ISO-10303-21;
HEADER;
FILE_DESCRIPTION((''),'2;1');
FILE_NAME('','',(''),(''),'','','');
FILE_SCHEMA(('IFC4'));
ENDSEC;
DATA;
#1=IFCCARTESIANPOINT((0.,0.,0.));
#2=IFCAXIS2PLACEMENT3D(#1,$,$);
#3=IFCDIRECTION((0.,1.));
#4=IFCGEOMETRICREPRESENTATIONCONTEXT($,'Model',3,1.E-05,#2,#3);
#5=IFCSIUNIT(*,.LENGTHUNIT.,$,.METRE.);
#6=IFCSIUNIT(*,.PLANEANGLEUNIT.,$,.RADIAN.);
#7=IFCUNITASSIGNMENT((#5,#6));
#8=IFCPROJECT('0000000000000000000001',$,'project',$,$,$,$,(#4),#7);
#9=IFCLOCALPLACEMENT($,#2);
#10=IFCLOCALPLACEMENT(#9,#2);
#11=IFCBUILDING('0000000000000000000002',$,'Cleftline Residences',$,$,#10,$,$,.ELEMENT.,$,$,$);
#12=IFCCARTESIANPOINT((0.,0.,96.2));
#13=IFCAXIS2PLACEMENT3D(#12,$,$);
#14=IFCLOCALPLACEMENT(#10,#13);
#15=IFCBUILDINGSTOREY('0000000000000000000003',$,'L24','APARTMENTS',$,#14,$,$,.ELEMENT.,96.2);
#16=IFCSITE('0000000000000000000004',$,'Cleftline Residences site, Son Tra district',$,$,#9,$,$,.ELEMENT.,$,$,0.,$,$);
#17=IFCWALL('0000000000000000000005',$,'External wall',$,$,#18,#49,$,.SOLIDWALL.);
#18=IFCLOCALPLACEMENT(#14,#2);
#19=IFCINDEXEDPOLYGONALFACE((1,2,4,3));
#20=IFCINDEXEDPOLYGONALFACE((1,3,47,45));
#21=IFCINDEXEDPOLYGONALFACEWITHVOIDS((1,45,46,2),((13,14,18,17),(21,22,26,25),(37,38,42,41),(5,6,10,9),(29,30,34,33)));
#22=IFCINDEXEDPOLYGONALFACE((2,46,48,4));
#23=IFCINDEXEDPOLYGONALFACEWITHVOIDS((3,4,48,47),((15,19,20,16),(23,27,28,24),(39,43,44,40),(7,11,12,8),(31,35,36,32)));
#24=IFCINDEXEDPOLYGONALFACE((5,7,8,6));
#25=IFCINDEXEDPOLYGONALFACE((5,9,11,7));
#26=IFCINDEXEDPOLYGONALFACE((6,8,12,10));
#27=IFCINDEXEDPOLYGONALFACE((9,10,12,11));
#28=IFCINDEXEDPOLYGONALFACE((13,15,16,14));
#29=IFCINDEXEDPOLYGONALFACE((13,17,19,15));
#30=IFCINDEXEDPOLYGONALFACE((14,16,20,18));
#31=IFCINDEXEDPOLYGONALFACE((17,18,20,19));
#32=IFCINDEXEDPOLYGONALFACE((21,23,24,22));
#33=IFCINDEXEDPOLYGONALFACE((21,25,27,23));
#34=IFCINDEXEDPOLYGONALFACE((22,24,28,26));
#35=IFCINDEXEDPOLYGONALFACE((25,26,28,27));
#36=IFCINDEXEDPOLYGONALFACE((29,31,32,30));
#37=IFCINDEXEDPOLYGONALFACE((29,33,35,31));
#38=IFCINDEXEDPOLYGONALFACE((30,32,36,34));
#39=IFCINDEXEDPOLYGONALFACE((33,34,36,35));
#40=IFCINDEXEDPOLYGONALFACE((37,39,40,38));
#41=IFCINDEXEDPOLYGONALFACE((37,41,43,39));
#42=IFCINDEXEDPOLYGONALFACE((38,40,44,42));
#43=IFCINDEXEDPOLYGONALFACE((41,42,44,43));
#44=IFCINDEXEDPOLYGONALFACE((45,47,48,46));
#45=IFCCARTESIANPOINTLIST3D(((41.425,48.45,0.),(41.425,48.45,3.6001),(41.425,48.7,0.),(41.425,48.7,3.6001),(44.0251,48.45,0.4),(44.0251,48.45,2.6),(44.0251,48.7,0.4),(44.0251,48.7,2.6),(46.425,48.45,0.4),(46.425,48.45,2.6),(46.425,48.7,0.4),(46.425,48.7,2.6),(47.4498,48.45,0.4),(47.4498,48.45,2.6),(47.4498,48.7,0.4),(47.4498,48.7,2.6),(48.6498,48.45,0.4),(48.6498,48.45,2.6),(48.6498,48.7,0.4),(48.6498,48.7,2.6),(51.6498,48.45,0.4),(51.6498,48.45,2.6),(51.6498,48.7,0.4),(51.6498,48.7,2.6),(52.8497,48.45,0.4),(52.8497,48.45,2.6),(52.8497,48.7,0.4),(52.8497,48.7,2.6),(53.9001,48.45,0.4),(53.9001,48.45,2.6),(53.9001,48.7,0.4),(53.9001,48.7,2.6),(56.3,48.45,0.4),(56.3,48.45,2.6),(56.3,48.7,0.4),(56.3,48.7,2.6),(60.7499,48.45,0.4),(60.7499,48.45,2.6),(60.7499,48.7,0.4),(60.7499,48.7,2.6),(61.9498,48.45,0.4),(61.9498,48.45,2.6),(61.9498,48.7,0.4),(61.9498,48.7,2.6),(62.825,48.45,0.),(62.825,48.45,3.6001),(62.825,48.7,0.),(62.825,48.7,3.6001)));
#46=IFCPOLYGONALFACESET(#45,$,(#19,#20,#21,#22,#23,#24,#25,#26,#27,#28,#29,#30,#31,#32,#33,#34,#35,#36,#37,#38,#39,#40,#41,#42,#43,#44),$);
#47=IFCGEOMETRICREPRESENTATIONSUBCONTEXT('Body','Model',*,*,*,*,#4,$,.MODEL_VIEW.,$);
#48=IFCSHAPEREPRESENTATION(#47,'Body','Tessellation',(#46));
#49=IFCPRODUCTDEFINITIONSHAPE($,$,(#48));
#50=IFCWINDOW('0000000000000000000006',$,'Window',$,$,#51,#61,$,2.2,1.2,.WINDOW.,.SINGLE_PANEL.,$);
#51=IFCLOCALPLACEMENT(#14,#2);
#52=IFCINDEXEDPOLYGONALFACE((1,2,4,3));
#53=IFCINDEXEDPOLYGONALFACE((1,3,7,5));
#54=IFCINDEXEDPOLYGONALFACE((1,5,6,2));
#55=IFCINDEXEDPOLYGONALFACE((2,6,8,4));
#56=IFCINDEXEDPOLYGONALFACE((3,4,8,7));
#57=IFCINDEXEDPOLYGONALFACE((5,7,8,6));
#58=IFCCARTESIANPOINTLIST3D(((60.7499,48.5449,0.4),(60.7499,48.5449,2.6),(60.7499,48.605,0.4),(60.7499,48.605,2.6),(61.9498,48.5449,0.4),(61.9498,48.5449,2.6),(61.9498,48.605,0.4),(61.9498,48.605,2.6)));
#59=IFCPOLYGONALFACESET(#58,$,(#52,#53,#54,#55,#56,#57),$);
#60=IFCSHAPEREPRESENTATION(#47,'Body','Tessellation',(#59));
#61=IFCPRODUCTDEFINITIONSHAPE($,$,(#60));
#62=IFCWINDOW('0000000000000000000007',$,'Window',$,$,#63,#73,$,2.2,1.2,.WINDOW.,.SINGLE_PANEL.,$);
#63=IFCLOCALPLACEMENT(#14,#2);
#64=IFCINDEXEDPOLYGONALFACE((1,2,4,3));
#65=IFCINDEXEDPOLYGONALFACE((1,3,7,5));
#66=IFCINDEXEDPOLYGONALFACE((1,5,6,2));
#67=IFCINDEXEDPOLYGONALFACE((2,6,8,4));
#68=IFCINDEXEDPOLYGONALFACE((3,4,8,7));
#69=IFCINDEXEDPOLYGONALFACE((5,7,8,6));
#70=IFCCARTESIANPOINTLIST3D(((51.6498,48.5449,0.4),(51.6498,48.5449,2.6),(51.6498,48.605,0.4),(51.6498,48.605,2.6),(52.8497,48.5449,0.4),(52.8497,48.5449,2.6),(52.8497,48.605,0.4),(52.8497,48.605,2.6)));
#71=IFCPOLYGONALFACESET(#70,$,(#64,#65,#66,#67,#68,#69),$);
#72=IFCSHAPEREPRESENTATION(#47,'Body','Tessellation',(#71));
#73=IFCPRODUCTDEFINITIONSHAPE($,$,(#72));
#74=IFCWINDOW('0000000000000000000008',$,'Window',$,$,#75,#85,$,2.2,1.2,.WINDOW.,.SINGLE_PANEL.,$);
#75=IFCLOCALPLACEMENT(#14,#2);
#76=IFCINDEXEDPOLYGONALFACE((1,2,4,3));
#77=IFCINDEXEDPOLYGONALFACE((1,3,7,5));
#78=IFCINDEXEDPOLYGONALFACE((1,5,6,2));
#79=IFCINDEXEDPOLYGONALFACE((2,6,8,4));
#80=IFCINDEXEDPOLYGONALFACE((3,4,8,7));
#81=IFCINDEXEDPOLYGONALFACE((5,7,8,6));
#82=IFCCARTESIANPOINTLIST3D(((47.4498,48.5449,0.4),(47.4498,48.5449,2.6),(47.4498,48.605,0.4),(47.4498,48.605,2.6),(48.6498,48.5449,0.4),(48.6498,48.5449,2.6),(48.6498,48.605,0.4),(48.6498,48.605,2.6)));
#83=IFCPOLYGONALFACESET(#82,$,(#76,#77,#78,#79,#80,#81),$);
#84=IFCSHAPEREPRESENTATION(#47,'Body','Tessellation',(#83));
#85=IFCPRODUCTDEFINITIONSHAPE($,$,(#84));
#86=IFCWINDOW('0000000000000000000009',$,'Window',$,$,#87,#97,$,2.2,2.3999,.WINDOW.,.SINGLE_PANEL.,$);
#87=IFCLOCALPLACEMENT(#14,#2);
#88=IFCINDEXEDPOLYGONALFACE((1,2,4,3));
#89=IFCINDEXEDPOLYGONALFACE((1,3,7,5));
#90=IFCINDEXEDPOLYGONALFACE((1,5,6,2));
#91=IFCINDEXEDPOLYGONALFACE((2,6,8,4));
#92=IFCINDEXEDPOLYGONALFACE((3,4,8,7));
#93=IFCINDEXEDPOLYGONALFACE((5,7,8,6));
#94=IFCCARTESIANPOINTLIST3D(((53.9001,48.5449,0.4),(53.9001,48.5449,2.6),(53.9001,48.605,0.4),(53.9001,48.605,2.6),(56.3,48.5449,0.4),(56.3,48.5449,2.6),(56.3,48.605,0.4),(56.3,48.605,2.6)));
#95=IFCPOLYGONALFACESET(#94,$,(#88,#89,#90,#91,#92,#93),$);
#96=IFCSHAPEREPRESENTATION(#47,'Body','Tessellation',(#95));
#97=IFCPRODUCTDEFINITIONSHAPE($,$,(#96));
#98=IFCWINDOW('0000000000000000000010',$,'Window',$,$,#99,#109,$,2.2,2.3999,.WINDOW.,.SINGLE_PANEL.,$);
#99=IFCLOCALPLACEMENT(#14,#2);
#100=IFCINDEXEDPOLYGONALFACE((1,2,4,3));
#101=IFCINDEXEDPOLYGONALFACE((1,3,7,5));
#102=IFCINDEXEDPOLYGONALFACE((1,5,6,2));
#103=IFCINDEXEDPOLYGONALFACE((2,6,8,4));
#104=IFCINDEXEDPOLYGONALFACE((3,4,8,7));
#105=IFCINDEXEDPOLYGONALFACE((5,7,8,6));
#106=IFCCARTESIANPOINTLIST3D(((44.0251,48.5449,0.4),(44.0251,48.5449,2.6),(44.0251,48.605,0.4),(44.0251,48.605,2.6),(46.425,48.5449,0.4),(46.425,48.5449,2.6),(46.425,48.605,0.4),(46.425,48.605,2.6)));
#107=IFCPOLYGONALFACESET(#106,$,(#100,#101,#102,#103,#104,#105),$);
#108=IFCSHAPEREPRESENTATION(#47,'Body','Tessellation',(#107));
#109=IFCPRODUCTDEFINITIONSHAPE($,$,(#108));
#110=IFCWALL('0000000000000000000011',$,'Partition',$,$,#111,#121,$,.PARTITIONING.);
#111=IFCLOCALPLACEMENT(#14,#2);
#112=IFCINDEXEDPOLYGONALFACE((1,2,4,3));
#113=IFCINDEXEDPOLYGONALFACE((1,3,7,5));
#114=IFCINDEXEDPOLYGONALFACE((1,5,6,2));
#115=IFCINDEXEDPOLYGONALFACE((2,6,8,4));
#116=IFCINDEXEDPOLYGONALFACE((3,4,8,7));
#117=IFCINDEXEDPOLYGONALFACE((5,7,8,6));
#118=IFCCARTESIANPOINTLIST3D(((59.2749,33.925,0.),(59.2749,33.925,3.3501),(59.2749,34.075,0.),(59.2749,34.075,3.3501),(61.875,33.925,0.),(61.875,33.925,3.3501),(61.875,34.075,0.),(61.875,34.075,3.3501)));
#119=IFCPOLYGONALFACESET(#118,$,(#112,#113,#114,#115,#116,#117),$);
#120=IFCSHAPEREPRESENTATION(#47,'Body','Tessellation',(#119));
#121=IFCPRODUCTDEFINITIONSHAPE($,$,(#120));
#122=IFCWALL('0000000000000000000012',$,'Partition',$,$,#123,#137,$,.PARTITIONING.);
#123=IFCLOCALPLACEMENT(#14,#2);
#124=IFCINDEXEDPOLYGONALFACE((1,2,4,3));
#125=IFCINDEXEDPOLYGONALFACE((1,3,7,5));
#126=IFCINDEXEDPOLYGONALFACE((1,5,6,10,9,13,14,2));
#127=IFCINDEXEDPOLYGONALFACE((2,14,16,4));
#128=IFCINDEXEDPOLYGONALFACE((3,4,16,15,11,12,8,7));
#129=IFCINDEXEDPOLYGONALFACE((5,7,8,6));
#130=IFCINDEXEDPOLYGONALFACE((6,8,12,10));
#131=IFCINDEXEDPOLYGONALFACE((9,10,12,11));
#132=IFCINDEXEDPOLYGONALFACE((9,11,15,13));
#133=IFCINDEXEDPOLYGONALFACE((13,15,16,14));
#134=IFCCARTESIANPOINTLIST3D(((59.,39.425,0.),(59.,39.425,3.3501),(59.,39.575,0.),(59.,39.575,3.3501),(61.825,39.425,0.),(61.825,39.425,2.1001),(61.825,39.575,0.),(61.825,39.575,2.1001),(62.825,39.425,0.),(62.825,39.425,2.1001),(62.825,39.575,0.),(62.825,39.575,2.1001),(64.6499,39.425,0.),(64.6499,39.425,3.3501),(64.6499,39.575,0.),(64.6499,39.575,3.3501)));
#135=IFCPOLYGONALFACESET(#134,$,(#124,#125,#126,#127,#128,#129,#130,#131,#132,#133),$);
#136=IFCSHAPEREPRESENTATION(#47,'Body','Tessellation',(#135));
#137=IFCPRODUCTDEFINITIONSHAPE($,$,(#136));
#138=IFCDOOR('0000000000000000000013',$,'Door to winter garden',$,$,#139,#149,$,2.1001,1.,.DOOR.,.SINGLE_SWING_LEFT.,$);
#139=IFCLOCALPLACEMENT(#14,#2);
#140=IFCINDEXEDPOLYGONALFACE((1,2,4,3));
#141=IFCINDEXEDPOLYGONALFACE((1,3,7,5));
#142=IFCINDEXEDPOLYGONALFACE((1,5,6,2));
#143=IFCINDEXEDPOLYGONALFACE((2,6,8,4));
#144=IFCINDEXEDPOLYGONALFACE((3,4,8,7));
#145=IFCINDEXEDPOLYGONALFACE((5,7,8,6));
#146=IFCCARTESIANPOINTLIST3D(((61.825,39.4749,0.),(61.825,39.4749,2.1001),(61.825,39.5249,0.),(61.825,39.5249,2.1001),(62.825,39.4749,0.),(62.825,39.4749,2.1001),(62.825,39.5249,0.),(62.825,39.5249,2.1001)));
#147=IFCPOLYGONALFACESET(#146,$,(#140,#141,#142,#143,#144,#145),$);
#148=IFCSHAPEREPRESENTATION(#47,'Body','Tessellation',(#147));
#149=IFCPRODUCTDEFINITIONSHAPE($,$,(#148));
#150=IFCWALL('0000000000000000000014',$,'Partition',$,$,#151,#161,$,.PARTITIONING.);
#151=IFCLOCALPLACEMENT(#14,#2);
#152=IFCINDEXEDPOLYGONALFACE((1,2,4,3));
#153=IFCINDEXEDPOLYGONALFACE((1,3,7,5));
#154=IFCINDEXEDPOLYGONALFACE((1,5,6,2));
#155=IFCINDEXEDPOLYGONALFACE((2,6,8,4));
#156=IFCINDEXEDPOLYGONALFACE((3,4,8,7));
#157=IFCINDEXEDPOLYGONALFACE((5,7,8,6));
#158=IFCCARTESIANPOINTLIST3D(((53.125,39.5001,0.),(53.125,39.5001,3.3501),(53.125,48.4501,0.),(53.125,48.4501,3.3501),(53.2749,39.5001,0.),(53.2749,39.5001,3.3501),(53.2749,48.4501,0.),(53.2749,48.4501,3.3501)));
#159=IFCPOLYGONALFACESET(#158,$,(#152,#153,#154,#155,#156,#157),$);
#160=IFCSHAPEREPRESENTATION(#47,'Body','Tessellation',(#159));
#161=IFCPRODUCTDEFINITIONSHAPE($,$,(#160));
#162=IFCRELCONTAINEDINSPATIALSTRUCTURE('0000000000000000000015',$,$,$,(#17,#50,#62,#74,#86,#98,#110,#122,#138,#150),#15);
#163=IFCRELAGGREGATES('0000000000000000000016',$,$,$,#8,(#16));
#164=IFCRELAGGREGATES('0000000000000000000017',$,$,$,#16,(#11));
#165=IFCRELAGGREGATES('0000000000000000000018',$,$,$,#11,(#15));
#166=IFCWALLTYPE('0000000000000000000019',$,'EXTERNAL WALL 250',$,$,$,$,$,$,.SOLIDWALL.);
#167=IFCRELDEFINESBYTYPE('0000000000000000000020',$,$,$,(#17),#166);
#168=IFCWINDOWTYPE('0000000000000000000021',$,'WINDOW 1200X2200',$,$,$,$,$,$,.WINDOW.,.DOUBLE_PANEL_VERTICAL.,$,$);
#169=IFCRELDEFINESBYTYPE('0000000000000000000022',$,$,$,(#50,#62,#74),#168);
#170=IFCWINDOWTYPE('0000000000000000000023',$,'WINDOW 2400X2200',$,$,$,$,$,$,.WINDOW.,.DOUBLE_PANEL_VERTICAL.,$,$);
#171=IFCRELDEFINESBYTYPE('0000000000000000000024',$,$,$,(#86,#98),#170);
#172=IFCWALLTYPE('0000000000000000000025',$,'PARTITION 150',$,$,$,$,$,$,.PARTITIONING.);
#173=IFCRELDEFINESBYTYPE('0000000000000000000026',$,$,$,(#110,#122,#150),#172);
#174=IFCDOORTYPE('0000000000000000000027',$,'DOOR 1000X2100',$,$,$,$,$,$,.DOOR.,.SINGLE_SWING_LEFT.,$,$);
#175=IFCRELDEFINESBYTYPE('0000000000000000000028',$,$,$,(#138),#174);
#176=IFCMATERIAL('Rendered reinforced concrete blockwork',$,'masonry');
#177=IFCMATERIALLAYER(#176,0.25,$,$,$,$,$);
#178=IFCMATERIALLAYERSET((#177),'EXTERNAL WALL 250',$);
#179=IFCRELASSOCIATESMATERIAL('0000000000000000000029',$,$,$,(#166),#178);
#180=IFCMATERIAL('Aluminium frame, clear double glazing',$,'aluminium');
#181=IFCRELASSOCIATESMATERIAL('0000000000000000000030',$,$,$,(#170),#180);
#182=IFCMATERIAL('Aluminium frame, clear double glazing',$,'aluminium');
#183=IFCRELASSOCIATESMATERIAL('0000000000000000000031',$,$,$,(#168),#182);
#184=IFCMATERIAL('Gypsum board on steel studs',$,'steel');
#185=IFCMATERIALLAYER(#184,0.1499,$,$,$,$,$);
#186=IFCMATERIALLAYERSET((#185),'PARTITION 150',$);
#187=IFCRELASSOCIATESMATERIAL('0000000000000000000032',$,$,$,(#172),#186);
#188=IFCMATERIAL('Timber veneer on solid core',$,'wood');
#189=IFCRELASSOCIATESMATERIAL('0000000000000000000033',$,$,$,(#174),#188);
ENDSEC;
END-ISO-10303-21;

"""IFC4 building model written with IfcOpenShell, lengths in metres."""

from ifc_helpers import new_model, si_unit, direction, frame, frame_2d, origin, place, context, subcontext, project, spatial, rectangle, extrude, material, layer, layer_set, type_object, element, fill, save


model = new_model("IFC4")

# Units and contexts
model_context = context("Model", 3, precision=1e-05, world=origin(), true_north=direction((0.0, 1.0)))
body_context = subcontext(model_context, "Body", "Model", "MODEL_VIEW")
ifc_project = project(units=[si_unit("LENGTHUNIT", "METRE"), si_unit("PLANEANGLEUNIT", "RADIAN")], contexts=[model_context])

# Site, building, storey
site_placement = place(None, origin())
site = spatial("IfcSite", under=ifc_project, at=site_placement, Name="Cleftline Residences site, Son Tra district", CompositionType="ELEMENT", RefElevation=0.0)
building_placement = place(site_placement, origin())
building = spatial("IfcBuilding", under=site, at=building_placement, Name="Cleftline Residences", CompositionType="ELEMENT")
storey_placement = place(building_placement, frame((0.0, 0.0, 96.2)))
storey = spatial("IfcBuildingStorey", under=building, at=storey_placement, Name="L24", Description="APARTMENTS", CompositionType="ELEMENT", Elevation=96.2)

# Shared definitions
ifc_material_1 = material(Name="Rendered reinforced concrete blockwork", Category="masonry")
ifc_layer_1 = layer(ifc_material_1, 0.25)
ifc_layer_set_1 = layer_set([ifc_layer_1], Name="EXTERNAL WALL 250")
wall_type_1 = type_object("IfcWallType", Name="EXTERNAL WALL 250", PredefinedType="SOLIDWALL", material=ifc_layer_set_1)
ifc_material_2 = material(Name="Aluminium frame, clear double glazing", Category="aluminium")
window_type_1 = type_object("IfcWindowType", Name="WINDOW 2400X2200", PartitioningType="DOUBLE_PANEL_VERTICAL", PredefinedType="WINDOW", material=ifc_material_2)

# Wall, openings, windows
wall_1_placement = place(storey_placement, frame((62.825, 48.575, 0.0), z_axis=(0.0, 0.0, 1.0), x_axis=(-1.0, 0.0, 0.0)))
wall_1 = element("IfcWall", 1, at=wall_1_placement, inside=storey, type_object=wall_type_1, Name="External wall", PredefinedType="SOLIDWALL", context=body_context, shape_type="SweptSolid", body=[
    extrude(rectangle(XDim=21.3999, YDim=0.25, at=frame_2d((10.7, 0.0))), origin(), (0.0, 0.0, 1.0), 3.6001),
])
opening_1_placement = place(wall_1_placement, frame((0.875, 0.0, 0.3999)))
opening_1 = element("IfcOpeningElement", 2, at=opening_1_placement, cuts=wall_1, PredefinedType="OPENING", context=body_context, shape_type="SweptSolid", body=[
    extrude(rectangle(XDim=1.2, YDim=2.2, at=frame_2d((0.6001, 1.1001))), frame((0.0, 0.135, 0.0), z_axis=(0.0, -1.0, 0.0), x_axis=(1.0, 0.0, 0.0)), (0.0, 0.0, 1.0), 0.27),
])
opening_2_placement = place(wall_1_placement, frame((6.5249, 0.0, 0.3999)))
opening_2 = element("IfcOpeningElement", 3, at=opening_2_placement, cuts=wall_1, PredefinedType="OPENING", context=body_context, shape_type="SweptSolid", body=[
    extrude(rectangle(XDim=2.3999, YDim=2.2, at=frame_2d((1.2, 1.1001))), frame((0.0, 0.135, 0.0), z_axis=(0.0, -1.0, 0.0), x_axis=(1.0, 0.0, 0.0)), (0.0, 0.0, 1.0), 0.27),
])
opening_3_placement = place(wall_1_placement, frame((9.9751, 0.0, 0.3999)))
opening_3 = element("IfcOpeningElement", 4, at=opening_3_placement, cuts=wall_1, PredefinedType="OPENING", context=body_context, shape_type="SweptSolid", body=[
    extrude(rectangle(XDim=1.2, YDim=2.2, at=frame_2d((0.6001, 1.1001))), frame((0.0, 0.135, 0.0), z_axis=(0.0, -1.0, 0.0), x_axis=(1.0, 0.0, 0.0)), (0.0, 0.0, 1.0), 0.27),
])
opening_4_placement = place(wall_1_placement, frame((14.175, 0.0, 0.3999)))
opening_4 = element("IfcOpeningElement", 5, at=opening_4_placement, cuts=wall_1, PredefinedType="OPENING", context=body_context, shape_type="SweptSolid", body=[
    extrude(rectangle(XDim=1.2, YDim=2.2, at=frame_2d((0.6001, 1.1001))), frame((0.0, 0.135, 0.0), z_axis=(0.0, -1.0, 0.0), x_axis=(1.0, 0.0, 0.0)), (0.0, 0.0, 1.0), 0.27),
])
opening_5_placement = place(wall_1_placement, frame((16.3999, 0.0, 0.3999)))
opening_5 = element("IfcOpeningElement", 6, at=opening_5_placement, cuts=wall_1, PredefinedType="OPENING", context=body_context, shape_type="SweptSolid", body=[
    extrude(rectangle(XDim=2.3999, YDim=2.2, at=frame_2d((1.2, 1.1001))), frame((0.0, 0.135, 0.0), z_axis=(0.0, -1.0, 0.0), x_axis=(1.0, 0.0, 0.0)), (0.0, 0.0, 1.0), 0.27),
])
ifc_material_3 = material(Name="Aluminium frame, clear double glazing", Category="aluminium")
window_type_2 = type_object("IfcWindowType", Name="WINDOW 1200X2200", PartitioningType="DOUBLE_PANEL_VERTICAL", PredefinedType="WINDOW", material=ifc_material_3)
window_1_placement = place(opening_1_placement, origin())
window_1 = element("IfcWindow", 7, at=window_1_placement, inside=storey, type_object=window_type_2, Name="Window", OverallHeight=2.2, OverallWidth=1.2, PartitioningType="SINGLE_PANEL", PredefinedType="WINDOW", context=body_context, shape_type="SweptSolid", body=[
    extrude(rectangle(XDim=1.2, YDim=2.2, at=frame_2d((0.6001, 1.1001))), frame((0.0, 0.03, 0.0), z_axis=(0.0, -1.0, 0.0), x_axis=(1.0, 0.0, 0.0)), (0.0, 0.0, 1.0), 0.0601),
])
fill(opening_1, window_1)
window_2_placement = place(opening_3_placement, origin())
window_2 = element("IfcWindow", 8, at=window_2_placement, inside=storey, type_object=window_type_2, Name="Window", OverallHeight=2.2, OverallWidth=1.2, PartitioningType="SINGLE_PANEL", PredefinedType="WINDOW", context=body_context, shape_type="SweptSolid", body=[
    extrude(rectangle(XDim=1.2, YDim=2.2, at=frame_2d((0.6001, 1.1001))), frame((0.0, 0.03, 0.0), z_axis=(0.0, -1.0, 0.0), x_axis=(1.0, 0.0, 0.0)), (0.0, 0.0, 1.0), 0.0601),
])
fill(opening_3, window_2)
window_3_placement = place(opening_4_placement, origin())
window_3 = element("IfcWindow", 9, at=window_3_placement, inside=storey, type_object=window_type_2, Name="Window", OverallHeight=2.2, OverallWidth=1.2, PartitioningType="SINGLE_PANEL", PredefinedType="WINDOW", context=body_context, shape_type="SweptSolid", body=[
    extrude(rectangle(XDim=1.2, YDim=2.2, at=frame_2d((0.6001, 1.1001))), frame((0.0, 0.03, 0.0), z_axis=(0.0, -1.0, 0.0), x_axis=(1.0, 0.0, 0.0)), (0.0, 0.0, 1.0), 0.0601),
])
fill(opening_4, window_3)
window_4_placement = place(opening_2_placement, origin())
window_4 = element("IfcWindow", 10, at=window_4_placement, inside=storey, type_object=window_type_1, Name="Window", OverallHeight=2.2, OverallWidth=2.3999, PartitioningType="SINGLE_PANEL", PredefinedType="WINDOW", context=body_context, shape_type="SweptSolid", body=[
    extrude(rectangle(XDim=2.3999, YDim=2.2, at=frame_2d((1.2, 1.1001))), frame((0.0, 0.03, 0.0), z_axis=(0.0, -1.0, 0.0), x_axis=(1.0, 0.0, 0.0)), (0.0, 0.0, 1.0), 0.0601),
])
fill(opening_2, window_4)
window_5_placement = place(opening_5_placement, origin())
window_5 = element("IfcWindow", 11, at=window_5_placement, inside=storey, type_object=window_type_1, Name="Window", OverallHeight=2.2, OverallWidth=2.3999, PartitioningType="SINGLE_PANEL", PredefinedType="WINDOW", context=body_context, shape_type="SweptSolid", body=[
    extrude(rectangle(XDim=2.3999, YDim=2.2, at=frame_2d((1.2, 1.1001))), frame((0.0, 0.03, 0.0), z_axis=(0.0, -1.0, 0.0), x_axis=(1.0, 0.0, 0.0)), (0.0, 0.0, 1.0), 0.0601),
])
fill(opening_5, window_5)

# Wall
ifc_material_4 = material(Name="Gypsum board on steel studs", Category="steel")
ifc_layer_2 = layer(ifc_material_4, 0.1499)
ifc_layer_set_2 = layer_set([ifc_layer_2], Name="PARTITION 150")
wall_type_2 = type_object("IfcWallType", Name="PARTITION 150", PredefinedType="PARTITIONING", material=ifc_layer_set_2)
wall_2_placement = place(storey_placement, frame((59.2749, 34.0, 0.0), z_axis=(0.0, 0.0, 1.0), x_axis=(1.0, 0.0, 0.0)))
element("IfcWall", 12, at=wall_2_placement, inside=storey, type_object=wall_type_2, Name="Partition", PredefinedType="PARTITIONING", context=body_context, shape_type="SweptSolid", body=[
    extrude(rectangle(XDim=2.6001, YDim=0.1499, at=frame_2d((1.3, 0.0))), origin(), (0.0, 0.0, 1.0), 3.3501),
])

# Wall, opening, door
wall_3_placement = place(storey_placement, frame((59.0, 39.5, 0.0), z_axis=(0.0, 0.0, 1.0), x_axis=(1.0, 0.0, 0.0)))
wall_3 = element("IfcWall", 13, at=wall_3_placement, inside=storey, type_object=wall_type_2, Name="Partition", PredefinedType="PARTITIONING", context=body_context, shape_type="SweptSolid", body=[
    extrude(rectangle(XDim=5.6499, YDim=0.1499, at=frame_2d((2.825, 0.0))), origin(), (0.0, 0.0, 1.0), 3.3501),
])
opening_6_placement = place(wall_3_placement, frame((2.825, 0.0, 0.0)))
opening_6 = element("IfcOpeningElement", 14, at=opening_6_placement, cuts=wall_3, PredefinedType="OPENING", context=body_context, shape_type="SweptSolid", body=[
    extrude(rectangle(XDim=1.0, YDim=2.1001, at=frame_2d((0.5, 1.05))), frame((0.0, 0.085, 0.0), z_axis=(0.0, -1.0, 0.0), x_axis=(1.0, 0.0, 0.0)), (0.0, 0.0, 1.0), 0.1699),
])
ifc_material_5 = material(Name="Timber veneer on solid core", Category="wood")
door_type = type_object("IfcDoorType", Name="DOOR 1000X2100", OperationType="SINGLE_SWING_LEFT", PredefinedType="DOOR", material=ifc_material_5)
door_placement = place(opening_6_placement, origin())
door = element("IfcDoor", 15, at=door_placement, inside=storey, type_object=door_type, Name="Door to winter garden", OperationType="SINGLE_SWING_LEFT", OverallHeight=2.1001, OverallWidth=1.0, PredefinedType="DOOR", context=body_context, shape_type="SweptSolid", body=[
    extrude(rectangle(XDim=1.0, YDim=2.1001, at=frame_2d((0.5, 1.05))), frame((0.0, 0.0249, 0.0), z_axis=(0.0, -1.0, 0.0), x_axis=(1.0, 0.0, 0.0)), (0.0, 0.0, 1.0), 0.05),
])
fill(opening_6, door)

# Wall
wall_4_placement = place(storey_placement, frame((53.2, 39.5, 0.0), z_axis=(0.0, 0.0, 1.0), x_axis=(0.0, 1.0, 0.0)))
element("IfcWall", 16, at=wall_4_placement, inside=storey, type_object=wall_type_2, Name="Partition", PredefinedType="PARTITIONING", context=body_context, shape_type="SweptSolid", body=[
    extrude(rectangle(XDim=8.95, YDim=0.1499, at=frame_2d((4.4751, 0.0))), origin(), (0.0, 0.0, 1.0), 3.3501),
])

save(model, "model.ifc")
